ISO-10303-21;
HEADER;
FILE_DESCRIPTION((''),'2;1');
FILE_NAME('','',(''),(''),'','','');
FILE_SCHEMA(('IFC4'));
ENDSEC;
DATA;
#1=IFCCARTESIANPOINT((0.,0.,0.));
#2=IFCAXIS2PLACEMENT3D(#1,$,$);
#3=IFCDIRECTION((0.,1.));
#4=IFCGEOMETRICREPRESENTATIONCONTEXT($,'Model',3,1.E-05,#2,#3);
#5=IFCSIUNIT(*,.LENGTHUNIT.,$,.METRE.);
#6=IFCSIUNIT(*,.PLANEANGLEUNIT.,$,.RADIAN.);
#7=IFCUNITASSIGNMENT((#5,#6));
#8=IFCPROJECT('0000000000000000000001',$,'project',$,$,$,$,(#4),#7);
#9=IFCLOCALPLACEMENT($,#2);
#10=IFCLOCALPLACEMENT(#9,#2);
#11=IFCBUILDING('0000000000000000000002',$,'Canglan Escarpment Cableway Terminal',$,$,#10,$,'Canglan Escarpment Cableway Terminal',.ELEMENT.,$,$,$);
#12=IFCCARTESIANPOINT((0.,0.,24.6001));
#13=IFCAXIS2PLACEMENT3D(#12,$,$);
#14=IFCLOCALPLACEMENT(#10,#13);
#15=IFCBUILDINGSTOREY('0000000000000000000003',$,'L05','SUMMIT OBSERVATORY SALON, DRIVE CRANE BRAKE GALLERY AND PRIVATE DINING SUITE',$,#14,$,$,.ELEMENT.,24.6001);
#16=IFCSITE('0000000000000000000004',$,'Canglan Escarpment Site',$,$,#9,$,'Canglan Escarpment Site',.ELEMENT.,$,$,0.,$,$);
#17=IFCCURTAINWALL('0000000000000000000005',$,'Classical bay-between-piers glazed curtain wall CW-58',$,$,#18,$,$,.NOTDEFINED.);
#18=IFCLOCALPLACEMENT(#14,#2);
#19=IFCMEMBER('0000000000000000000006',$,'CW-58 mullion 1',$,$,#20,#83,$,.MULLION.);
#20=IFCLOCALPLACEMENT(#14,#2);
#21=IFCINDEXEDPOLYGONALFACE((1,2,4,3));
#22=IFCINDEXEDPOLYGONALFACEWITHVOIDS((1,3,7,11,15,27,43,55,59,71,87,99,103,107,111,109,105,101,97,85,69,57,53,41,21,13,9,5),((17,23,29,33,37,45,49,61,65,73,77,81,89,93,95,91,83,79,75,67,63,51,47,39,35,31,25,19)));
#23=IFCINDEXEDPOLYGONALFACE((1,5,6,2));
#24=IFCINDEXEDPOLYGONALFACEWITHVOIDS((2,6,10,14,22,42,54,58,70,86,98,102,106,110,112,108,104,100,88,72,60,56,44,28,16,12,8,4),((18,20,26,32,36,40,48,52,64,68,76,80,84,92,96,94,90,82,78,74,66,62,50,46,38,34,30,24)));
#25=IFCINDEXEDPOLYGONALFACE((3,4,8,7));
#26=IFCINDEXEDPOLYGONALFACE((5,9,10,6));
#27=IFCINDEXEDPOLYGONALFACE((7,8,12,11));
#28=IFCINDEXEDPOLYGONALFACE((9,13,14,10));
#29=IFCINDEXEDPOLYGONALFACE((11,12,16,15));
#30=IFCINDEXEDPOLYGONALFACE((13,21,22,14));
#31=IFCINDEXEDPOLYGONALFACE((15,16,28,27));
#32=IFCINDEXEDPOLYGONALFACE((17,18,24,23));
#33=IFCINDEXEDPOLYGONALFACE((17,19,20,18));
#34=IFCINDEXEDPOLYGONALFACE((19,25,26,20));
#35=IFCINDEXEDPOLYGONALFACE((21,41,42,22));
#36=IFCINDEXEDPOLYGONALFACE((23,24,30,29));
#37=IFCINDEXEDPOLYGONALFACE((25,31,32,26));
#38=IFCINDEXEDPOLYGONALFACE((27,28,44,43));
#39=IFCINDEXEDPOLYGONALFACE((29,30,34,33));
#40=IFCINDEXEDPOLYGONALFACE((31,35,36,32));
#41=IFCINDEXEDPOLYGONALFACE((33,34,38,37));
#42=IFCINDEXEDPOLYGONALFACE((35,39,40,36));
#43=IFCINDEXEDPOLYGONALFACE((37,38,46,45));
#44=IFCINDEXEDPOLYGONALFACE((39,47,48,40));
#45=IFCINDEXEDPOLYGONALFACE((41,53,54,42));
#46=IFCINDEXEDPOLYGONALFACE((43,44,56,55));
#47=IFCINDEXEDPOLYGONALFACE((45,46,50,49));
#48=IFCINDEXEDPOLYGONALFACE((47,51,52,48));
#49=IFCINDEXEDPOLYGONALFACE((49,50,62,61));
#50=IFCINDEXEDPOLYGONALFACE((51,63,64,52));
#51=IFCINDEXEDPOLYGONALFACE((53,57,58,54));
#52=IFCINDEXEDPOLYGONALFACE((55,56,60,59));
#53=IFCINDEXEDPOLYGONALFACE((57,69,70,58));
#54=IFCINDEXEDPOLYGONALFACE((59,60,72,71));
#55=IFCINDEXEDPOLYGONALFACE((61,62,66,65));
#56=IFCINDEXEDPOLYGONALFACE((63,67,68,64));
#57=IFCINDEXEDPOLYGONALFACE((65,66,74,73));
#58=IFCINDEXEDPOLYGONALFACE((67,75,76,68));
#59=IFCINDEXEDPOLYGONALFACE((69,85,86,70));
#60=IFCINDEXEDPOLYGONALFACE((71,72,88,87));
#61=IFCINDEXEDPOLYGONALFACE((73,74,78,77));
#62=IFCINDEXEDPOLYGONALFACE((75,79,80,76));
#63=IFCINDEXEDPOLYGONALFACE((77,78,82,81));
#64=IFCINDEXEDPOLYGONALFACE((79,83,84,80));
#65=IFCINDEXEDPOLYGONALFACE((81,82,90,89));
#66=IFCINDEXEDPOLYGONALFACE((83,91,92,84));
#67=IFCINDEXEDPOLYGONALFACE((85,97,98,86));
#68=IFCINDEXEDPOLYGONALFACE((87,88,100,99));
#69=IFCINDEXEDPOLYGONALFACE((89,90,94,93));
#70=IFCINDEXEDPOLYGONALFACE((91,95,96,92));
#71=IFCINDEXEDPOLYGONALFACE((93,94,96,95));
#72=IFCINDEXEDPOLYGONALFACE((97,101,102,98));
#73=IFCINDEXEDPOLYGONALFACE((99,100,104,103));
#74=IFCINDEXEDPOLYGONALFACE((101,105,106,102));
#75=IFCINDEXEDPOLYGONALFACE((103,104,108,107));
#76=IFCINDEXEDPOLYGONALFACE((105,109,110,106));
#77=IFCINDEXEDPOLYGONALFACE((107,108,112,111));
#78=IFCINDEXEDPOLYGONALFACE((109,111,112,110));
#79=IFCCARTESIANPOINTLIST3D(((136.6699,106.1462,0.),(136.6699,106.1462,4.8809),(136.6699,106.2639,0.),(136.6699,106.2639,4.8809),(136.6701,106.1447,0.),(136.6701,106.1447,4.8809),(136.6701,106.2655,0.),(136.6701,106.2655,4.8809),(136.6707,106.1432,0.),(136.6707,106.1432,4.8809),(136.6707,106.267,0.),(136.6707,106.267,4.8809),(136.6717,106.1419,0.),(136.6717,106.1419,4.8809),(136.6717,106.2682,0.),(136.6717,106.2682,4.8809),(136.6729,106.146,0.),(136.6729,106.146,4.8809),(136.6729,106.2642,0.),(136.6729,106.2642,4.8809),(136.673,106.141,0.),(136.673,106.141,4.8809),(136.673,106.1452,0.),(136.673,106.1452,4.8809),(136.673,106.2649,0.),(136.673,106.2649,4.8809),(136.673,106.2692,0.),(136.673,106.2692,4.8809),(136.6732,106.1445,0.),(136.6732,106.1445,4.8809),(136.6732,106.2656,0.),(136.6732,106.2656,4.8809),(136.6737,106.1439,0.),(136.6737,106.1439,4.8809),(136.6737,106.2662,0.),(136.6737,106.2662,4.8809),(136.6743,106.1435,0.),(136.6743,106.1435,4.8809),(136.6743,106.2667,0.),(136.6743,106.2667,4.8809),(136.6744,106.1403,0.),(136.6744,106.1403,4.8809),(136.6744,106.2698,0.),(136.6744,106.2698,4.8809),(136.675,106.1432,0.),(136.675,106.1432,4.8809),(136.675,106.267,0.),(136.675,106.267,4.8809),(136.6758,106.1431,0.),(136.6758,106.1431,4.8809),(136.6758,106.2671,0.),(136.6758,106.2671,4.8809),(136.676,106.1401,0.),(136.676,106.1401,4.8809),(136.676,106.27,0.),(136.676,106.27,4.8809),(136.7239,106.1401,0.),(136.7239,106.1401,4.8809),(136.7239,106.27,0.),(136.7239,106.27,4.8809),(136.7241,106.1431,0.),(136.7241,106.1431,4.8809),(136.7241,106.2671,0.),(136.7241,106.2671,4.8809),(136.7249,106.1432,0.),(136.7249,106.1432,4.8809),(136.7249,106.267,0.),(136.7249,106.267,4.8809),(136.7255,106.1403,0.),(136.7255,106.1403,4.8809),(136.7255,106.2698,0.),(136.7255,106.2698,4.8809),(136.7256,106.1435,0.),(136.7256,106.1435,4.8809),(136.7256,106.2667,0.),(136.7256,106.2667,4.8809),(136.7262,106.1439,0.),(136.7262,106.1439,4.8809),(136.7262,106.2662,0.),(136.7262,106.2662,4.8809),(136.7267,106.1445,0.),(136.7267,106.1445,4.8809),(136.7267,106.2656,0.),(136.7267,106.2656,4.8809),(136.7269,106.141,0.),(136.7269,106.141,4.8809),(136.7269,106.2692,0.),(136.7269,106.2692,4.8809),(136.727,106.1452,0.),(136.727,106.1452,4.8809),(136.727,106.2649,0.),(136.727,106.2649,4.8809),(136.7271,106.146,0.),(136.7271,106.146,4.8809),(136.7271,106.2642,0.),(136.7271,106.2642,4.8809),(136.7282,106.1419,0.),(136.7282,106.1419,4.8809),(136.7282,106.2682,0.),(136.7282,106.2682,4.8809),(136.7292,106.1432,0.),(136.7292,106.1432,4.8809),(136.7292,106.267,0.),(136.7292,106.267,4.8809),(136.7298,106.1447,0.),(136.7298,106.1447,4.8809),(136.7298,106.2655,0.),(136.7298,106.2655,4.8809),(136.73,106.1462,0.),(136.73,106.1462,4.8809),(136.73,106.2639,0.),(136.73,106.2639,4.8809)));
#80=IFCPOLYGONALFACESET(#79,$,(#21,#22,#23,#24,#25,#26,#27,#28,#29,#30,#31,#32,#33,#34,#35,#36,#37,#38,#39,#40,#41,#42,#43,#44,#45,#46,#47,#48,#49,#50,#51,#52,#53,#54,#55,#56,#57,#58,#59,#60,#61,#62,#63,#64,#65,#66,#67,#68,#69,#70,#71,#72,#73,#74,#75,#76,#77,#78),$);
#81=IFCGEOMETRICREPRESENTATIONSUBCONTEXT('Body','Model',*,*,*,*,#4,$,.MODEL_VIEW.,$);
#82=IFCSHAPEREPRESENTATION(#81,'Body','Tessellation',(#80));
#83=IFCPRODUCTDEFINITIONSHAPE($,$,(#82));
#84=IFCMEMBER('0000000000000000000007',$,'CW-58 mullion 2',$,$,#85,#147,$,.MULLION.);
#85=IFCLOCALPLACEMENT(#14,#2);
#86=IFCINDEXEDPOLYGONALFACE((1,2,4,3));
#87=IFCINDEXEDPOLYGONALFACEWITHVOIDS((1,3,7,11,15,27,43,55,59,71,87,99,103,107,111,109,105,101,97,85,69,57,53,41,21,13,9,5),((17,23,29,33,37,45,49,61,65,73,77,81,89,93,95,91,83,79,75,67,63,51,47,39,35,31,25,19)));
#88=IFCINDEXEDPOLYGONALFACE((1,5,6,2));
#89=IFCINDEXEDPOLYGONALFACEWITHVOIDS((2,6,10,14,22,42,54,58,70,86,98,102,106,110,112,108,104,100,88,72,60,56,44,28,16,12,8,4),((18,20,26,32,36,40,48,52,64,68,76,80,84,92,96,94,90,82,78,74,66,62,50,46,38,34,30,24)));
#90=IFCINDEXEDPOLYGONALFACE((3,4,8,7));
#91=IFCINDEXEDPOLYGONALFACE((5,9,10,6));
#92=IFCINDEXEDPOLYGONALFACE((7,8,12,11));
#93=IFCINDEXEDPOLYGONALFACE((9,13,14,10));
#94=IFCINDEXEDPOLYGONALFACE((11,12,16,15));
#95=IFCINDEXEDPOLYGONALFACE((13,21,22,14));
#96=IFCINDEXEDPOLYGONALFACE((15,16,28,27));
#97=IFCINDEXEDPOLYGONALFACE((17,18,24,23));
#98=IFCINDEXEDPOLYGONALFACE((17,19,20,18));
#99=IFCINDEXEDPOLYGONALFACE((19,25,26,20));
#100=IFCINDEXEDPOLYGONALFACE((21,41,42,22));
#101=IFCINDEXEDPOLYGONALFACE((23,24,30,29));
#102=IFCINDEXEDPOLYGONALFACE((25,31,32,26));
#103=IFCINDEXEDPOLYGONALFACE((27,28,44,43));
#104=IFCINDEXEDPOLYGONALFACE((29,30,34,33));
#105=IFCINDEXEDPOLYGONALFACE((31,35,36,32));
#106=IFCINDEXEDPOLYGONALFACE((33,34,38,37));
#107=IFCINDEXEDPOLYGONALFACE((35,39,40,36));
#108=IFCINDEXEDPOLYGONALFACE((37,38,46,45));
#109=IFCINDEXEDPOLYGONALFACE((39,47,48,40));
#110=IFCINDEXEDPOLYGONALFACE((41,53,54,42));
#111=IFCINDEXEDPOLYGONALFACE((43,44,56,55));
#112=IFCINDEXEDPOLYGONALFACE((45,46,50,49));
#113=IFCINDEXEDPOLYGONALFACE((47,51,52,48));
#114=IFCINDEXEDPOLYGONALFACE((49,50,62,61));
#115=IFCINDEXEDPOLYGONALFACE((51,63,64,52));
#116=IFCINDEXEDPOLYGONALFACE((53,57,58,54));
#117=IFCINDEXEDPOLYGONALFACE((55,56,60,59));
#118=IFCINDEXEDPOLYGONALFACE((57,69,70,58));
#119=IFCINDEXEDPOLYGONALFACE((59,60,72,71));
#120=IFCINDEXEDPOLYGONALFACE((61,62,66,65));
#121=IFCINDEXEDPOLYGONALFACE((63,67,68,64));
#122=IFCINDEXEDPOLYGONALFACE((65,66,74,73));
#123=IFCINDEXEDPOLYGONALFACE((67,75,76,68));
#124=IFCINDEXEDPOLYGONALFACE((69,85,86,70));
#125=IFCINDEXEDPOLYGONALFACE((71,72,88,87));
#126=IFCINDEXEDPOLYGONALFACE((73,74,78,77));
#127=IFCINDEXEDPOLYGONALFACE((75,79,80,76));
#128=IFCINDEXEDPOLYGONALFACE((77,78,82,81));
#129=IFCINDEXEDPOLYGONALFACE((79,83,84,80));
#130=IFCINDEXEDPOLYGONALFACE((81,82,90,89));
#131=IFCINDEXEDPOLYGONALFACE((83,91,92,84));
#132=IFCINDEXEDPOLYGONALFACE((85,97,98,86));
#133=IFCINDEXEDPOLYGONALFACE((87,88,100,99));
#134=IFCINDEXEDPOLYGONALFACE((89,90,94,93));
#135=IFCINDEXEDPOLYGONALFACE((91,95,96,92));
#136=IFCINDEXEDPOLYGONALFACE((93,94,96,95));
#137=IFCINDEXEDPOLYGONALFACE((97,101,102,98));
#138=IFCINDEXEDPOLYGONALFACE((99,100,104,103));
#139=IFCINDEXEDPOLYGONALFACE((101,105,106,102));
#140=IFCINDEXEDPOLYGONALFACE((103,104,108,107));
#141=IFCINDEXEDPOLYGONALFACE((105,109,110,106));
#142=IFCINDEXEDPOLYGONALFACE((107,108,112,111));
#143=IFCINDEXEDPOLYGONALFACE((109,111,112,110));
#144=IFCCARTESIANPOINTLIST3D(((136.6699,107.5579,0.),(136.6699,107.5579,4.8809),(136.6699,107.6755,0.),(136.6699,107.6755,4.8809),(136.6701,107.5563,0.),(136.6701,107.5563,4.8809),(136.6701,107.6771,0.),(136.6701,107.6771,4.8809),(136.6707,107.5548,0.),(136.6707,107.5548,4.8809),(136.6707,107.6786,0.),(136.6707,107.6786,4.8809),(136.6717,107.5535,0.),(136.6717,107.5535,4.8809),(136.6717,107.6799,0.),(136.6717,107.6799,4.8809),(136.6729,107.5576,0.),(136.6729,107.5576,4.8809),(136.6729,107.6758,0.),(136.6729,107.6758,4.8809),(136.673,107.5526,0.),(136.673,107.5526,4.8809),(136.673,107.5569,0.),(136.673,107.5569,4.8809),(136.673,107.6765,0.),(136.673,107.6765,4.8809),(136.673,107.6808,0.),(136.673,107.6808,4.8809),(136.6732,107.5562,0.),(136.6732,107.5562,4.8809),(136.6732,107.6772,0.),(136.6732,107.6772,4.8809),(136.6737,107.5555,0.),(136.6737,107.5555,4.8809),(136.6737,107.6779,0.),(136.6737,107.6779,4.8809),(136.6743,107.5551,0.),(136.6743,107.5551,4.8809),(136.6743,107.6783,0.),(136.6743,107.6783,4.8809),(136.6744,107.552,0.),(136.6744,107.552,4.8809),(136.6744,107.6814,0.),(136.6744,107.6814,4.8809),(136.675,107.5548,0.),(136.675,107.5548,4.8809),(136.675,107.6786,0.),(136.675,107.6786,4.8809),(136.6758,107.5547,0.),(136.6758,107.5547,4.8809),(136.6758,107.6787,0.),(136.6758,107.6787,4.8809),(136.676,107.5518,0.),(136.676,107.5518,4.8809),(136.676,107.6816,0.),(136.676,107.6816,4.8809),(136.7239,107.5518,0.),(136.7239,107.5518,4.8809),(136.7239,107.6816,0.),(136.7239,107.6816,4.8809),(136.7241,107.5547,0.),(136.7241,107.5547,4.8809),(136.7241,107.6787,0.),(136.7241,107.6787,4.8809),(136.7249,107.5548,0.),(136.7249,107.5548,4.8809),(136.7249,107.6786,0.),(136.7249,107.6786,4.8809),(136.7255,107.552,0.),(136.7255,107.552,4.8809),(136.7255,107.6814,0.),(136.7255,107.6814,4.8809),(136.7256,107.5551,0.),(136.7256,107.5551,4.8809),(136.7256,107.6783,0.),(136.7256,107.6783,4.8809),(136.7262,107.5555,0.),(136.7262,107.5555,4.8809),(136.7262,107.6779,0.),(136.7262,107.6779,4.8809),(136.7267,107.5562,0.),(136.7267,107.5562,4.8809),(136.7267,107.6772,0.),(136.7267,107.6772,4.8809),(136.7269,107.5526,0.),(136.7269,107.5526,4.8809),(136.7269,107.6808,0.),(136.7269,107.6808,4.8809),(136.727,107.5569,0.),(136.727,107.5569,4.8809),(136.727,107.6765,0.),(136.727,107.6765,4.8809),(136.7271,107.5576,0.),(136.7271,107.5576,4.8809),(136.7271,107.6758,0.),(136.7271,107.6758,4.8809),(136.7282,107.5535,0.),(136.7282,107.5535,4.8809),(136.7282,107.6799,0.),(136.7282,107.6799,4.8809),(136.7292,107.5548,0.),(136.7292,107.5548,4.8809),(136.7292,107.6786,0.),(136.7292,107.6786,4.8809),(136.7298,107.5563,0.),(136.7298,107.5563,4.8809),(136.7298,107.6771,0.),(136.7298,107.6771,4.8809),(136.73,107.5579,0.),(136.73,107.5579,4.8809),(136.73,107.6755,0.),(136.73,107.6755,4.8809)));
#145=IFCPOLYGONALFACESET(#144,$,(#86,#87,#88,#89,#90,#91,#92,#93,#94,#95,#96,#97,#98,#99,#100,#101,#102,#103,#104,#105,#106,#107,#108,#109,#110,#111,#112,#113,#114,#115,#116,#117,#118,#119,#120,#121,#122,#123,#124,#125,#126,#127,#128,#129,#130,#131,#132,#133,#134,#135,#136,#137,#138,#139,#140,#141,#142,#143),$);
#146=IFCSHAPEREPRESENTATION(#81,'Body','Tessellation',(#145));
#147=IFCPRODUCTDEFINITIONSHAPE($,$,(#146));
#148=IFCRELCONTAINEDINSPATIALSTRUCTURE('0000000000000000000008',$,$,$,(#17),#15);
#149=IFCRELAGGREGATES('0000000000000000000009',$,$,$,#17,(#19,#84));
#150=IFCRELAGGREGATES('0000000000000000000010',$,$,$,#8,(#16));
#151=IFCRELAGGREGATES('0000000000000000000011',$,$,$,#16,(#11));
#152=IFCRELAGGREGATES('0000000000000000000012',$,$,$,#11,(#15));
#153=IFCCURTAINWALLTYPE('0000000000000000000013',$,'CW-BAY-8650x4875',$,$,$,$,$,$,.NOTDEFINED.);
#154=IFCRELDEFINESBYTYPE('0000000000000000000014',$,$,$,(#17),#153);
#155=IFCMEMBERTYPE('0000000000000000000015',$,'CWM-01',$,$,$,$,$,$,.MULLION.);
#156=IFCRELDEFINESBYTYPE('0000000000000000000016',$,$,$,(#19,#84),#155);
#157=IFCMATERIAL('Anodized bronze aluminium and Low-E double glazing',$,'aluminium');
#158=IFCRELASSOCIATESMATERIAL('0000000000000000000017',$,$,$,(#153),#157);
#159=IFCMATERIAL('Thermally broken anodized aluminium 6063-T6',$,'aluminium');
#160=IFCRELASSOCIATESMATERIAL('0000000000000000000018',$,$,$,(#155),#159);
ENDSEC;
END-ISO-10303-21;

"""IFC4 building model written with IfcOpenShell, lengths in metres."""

from ifc_helpers import new_model, si_unit, direction, frame, origin, origin_2d, place, context, subcontext, project, spatial, hollow_rectangle, extrude, material, material_profile, profile_set, type_object, element, aggregate, save


model = new_model("IFC4")

# Units and contexts
model_context = context("Model", 3, precision=1e-05, world=origin(), true_north=direction((0.0, 1.0)))
body_context = subcontext(model_context, "Body", "Model", "MODEL_VIEW")
ifc_project = project(units=[si_unit("LENGTHUNIT", "METRE"), si_unit("PLANEANGLEUNIT", "RADIAN")], contexts=[model_context])

# Site, building, storey
site_placement = place(None, origin())
site = spatial("IfcSite", under=ifc_project, at=site_placement, Name="Canglan Escarpment Site", LongName="Canglan Escarpment Site", CompositionType="ELEMENT", RefElevation=0.0)
building_placement = place(site_placement, origin())
building = spatial("IfcBuilding", under=site, at=building_placement, Name="Canglan Escarpment Cableway Terminal", LongName="Canglan Escarpment Cableway Terminal", CompositionType="ELEMENT")
storey_placement = place(building_placement, frame((0.0, 0.0, 24.6001)))
storey = spatial("IfcBuildingStorey", under=building, at=storey_placement, Name="L05", Description="SUMMIT OBSERVATORY SALON, DRIVE CRANE BRAKE GALLERY AND PRIVATE DINING SUITE", CompositionType="ELEMENT", Elevation=24.6001)

# Curtain wall, members
ifc_material_1 = material(Name="Anodized bronze aluminium and Low-E double glazing", Category="aluminium")
curtain_wall_type = type_object("IfcCurtainWallType", Name="CW-BAY-8650x4875", PredefinedType="NOTDEFINED", material=ifc_material_1)
curtain_wall_1_placement = place(storey_placement, origin())
curtain_wall_1 = element("IfcCurtainWall", 1, at=curtain_wall_1_placement, inside=storey, type_object=curtain_wall_type, Name="Classical bay-between-piers glazed curtain wall CW-58", PredefinedType="NOTDEFINED")
ifc_material_2 = material(Name="Thermally broken anodized aluminium 6063-T6", Category="aluminium")
ifc_material_profile_1 = material_profile(ifc_material_2, hollow_rectangle(XDim=0.0601, YDim=0.1299, WallThickness=0.0029, InnerFilletRadius=0.0029, OuterFilletRadius=0.0061, at=origin_2d()), Name="ALU-MULL 60x130x3")
ifc_profile_set_1 = profile_set([ifc_material_profile_1], Name="Thermally broken anodized aluminium 6063-T6")
member_type_1 = type_object("IfcMemberType", Name="CWM-01", PredefinedType="MULLION", material=ifc_profile_set_1)
member_1_placement = place(storey_placement, frame((136.7, 106.2051, 0.0), z_axis=(0.0, 0.0, 1.0), x_axis=(-1.0, 0.0, 0.0)))
member_1 = element("IfcMember", 2, at=member_1_placement, type_object=member_type_1, Name="CW-58 mullion 1", PredefinedType="MULLION", context=body_context, shape_type="SweptSolid", body=[
    extrude(hollow_rectangle(XDim=0.0601, YDim=0.1299, WallThickness=0.0029, InnerFilletRadius=0.0029, OuterFilletRadius=0.0061, at=origin_2d()), origin(), (0.0, 0.0, 1.0), 4.8809),
])
member_2_placement = place(storey_placement, frame((136.7, 107.6167, 0.0), z_axis=(0.0, 0.0, 1.0), x_axis=(-1.0, 0.0, 0.0)))
member_2 = element("IfcMember", 3, at=member_2_placement, type_object=member_type_1, Name="CW-58 mullion 2", PredefinedType="MULLION", context=body_context, shape_type="SweptSolid", body=[
    extrude(hollow_rectangle(XDim=0.0601, YDim=0.1299, WallThickness=0.0029, InnerFilletRadius=0.0029, OuterFilletRadius=0.0061, at=origin_2d()), origin(), (0.0, 0.0, 1.0), 4.8809),
])

aggregate(curtain_wall_1, [member_1, member_2])

save(model, "model.ifc")
